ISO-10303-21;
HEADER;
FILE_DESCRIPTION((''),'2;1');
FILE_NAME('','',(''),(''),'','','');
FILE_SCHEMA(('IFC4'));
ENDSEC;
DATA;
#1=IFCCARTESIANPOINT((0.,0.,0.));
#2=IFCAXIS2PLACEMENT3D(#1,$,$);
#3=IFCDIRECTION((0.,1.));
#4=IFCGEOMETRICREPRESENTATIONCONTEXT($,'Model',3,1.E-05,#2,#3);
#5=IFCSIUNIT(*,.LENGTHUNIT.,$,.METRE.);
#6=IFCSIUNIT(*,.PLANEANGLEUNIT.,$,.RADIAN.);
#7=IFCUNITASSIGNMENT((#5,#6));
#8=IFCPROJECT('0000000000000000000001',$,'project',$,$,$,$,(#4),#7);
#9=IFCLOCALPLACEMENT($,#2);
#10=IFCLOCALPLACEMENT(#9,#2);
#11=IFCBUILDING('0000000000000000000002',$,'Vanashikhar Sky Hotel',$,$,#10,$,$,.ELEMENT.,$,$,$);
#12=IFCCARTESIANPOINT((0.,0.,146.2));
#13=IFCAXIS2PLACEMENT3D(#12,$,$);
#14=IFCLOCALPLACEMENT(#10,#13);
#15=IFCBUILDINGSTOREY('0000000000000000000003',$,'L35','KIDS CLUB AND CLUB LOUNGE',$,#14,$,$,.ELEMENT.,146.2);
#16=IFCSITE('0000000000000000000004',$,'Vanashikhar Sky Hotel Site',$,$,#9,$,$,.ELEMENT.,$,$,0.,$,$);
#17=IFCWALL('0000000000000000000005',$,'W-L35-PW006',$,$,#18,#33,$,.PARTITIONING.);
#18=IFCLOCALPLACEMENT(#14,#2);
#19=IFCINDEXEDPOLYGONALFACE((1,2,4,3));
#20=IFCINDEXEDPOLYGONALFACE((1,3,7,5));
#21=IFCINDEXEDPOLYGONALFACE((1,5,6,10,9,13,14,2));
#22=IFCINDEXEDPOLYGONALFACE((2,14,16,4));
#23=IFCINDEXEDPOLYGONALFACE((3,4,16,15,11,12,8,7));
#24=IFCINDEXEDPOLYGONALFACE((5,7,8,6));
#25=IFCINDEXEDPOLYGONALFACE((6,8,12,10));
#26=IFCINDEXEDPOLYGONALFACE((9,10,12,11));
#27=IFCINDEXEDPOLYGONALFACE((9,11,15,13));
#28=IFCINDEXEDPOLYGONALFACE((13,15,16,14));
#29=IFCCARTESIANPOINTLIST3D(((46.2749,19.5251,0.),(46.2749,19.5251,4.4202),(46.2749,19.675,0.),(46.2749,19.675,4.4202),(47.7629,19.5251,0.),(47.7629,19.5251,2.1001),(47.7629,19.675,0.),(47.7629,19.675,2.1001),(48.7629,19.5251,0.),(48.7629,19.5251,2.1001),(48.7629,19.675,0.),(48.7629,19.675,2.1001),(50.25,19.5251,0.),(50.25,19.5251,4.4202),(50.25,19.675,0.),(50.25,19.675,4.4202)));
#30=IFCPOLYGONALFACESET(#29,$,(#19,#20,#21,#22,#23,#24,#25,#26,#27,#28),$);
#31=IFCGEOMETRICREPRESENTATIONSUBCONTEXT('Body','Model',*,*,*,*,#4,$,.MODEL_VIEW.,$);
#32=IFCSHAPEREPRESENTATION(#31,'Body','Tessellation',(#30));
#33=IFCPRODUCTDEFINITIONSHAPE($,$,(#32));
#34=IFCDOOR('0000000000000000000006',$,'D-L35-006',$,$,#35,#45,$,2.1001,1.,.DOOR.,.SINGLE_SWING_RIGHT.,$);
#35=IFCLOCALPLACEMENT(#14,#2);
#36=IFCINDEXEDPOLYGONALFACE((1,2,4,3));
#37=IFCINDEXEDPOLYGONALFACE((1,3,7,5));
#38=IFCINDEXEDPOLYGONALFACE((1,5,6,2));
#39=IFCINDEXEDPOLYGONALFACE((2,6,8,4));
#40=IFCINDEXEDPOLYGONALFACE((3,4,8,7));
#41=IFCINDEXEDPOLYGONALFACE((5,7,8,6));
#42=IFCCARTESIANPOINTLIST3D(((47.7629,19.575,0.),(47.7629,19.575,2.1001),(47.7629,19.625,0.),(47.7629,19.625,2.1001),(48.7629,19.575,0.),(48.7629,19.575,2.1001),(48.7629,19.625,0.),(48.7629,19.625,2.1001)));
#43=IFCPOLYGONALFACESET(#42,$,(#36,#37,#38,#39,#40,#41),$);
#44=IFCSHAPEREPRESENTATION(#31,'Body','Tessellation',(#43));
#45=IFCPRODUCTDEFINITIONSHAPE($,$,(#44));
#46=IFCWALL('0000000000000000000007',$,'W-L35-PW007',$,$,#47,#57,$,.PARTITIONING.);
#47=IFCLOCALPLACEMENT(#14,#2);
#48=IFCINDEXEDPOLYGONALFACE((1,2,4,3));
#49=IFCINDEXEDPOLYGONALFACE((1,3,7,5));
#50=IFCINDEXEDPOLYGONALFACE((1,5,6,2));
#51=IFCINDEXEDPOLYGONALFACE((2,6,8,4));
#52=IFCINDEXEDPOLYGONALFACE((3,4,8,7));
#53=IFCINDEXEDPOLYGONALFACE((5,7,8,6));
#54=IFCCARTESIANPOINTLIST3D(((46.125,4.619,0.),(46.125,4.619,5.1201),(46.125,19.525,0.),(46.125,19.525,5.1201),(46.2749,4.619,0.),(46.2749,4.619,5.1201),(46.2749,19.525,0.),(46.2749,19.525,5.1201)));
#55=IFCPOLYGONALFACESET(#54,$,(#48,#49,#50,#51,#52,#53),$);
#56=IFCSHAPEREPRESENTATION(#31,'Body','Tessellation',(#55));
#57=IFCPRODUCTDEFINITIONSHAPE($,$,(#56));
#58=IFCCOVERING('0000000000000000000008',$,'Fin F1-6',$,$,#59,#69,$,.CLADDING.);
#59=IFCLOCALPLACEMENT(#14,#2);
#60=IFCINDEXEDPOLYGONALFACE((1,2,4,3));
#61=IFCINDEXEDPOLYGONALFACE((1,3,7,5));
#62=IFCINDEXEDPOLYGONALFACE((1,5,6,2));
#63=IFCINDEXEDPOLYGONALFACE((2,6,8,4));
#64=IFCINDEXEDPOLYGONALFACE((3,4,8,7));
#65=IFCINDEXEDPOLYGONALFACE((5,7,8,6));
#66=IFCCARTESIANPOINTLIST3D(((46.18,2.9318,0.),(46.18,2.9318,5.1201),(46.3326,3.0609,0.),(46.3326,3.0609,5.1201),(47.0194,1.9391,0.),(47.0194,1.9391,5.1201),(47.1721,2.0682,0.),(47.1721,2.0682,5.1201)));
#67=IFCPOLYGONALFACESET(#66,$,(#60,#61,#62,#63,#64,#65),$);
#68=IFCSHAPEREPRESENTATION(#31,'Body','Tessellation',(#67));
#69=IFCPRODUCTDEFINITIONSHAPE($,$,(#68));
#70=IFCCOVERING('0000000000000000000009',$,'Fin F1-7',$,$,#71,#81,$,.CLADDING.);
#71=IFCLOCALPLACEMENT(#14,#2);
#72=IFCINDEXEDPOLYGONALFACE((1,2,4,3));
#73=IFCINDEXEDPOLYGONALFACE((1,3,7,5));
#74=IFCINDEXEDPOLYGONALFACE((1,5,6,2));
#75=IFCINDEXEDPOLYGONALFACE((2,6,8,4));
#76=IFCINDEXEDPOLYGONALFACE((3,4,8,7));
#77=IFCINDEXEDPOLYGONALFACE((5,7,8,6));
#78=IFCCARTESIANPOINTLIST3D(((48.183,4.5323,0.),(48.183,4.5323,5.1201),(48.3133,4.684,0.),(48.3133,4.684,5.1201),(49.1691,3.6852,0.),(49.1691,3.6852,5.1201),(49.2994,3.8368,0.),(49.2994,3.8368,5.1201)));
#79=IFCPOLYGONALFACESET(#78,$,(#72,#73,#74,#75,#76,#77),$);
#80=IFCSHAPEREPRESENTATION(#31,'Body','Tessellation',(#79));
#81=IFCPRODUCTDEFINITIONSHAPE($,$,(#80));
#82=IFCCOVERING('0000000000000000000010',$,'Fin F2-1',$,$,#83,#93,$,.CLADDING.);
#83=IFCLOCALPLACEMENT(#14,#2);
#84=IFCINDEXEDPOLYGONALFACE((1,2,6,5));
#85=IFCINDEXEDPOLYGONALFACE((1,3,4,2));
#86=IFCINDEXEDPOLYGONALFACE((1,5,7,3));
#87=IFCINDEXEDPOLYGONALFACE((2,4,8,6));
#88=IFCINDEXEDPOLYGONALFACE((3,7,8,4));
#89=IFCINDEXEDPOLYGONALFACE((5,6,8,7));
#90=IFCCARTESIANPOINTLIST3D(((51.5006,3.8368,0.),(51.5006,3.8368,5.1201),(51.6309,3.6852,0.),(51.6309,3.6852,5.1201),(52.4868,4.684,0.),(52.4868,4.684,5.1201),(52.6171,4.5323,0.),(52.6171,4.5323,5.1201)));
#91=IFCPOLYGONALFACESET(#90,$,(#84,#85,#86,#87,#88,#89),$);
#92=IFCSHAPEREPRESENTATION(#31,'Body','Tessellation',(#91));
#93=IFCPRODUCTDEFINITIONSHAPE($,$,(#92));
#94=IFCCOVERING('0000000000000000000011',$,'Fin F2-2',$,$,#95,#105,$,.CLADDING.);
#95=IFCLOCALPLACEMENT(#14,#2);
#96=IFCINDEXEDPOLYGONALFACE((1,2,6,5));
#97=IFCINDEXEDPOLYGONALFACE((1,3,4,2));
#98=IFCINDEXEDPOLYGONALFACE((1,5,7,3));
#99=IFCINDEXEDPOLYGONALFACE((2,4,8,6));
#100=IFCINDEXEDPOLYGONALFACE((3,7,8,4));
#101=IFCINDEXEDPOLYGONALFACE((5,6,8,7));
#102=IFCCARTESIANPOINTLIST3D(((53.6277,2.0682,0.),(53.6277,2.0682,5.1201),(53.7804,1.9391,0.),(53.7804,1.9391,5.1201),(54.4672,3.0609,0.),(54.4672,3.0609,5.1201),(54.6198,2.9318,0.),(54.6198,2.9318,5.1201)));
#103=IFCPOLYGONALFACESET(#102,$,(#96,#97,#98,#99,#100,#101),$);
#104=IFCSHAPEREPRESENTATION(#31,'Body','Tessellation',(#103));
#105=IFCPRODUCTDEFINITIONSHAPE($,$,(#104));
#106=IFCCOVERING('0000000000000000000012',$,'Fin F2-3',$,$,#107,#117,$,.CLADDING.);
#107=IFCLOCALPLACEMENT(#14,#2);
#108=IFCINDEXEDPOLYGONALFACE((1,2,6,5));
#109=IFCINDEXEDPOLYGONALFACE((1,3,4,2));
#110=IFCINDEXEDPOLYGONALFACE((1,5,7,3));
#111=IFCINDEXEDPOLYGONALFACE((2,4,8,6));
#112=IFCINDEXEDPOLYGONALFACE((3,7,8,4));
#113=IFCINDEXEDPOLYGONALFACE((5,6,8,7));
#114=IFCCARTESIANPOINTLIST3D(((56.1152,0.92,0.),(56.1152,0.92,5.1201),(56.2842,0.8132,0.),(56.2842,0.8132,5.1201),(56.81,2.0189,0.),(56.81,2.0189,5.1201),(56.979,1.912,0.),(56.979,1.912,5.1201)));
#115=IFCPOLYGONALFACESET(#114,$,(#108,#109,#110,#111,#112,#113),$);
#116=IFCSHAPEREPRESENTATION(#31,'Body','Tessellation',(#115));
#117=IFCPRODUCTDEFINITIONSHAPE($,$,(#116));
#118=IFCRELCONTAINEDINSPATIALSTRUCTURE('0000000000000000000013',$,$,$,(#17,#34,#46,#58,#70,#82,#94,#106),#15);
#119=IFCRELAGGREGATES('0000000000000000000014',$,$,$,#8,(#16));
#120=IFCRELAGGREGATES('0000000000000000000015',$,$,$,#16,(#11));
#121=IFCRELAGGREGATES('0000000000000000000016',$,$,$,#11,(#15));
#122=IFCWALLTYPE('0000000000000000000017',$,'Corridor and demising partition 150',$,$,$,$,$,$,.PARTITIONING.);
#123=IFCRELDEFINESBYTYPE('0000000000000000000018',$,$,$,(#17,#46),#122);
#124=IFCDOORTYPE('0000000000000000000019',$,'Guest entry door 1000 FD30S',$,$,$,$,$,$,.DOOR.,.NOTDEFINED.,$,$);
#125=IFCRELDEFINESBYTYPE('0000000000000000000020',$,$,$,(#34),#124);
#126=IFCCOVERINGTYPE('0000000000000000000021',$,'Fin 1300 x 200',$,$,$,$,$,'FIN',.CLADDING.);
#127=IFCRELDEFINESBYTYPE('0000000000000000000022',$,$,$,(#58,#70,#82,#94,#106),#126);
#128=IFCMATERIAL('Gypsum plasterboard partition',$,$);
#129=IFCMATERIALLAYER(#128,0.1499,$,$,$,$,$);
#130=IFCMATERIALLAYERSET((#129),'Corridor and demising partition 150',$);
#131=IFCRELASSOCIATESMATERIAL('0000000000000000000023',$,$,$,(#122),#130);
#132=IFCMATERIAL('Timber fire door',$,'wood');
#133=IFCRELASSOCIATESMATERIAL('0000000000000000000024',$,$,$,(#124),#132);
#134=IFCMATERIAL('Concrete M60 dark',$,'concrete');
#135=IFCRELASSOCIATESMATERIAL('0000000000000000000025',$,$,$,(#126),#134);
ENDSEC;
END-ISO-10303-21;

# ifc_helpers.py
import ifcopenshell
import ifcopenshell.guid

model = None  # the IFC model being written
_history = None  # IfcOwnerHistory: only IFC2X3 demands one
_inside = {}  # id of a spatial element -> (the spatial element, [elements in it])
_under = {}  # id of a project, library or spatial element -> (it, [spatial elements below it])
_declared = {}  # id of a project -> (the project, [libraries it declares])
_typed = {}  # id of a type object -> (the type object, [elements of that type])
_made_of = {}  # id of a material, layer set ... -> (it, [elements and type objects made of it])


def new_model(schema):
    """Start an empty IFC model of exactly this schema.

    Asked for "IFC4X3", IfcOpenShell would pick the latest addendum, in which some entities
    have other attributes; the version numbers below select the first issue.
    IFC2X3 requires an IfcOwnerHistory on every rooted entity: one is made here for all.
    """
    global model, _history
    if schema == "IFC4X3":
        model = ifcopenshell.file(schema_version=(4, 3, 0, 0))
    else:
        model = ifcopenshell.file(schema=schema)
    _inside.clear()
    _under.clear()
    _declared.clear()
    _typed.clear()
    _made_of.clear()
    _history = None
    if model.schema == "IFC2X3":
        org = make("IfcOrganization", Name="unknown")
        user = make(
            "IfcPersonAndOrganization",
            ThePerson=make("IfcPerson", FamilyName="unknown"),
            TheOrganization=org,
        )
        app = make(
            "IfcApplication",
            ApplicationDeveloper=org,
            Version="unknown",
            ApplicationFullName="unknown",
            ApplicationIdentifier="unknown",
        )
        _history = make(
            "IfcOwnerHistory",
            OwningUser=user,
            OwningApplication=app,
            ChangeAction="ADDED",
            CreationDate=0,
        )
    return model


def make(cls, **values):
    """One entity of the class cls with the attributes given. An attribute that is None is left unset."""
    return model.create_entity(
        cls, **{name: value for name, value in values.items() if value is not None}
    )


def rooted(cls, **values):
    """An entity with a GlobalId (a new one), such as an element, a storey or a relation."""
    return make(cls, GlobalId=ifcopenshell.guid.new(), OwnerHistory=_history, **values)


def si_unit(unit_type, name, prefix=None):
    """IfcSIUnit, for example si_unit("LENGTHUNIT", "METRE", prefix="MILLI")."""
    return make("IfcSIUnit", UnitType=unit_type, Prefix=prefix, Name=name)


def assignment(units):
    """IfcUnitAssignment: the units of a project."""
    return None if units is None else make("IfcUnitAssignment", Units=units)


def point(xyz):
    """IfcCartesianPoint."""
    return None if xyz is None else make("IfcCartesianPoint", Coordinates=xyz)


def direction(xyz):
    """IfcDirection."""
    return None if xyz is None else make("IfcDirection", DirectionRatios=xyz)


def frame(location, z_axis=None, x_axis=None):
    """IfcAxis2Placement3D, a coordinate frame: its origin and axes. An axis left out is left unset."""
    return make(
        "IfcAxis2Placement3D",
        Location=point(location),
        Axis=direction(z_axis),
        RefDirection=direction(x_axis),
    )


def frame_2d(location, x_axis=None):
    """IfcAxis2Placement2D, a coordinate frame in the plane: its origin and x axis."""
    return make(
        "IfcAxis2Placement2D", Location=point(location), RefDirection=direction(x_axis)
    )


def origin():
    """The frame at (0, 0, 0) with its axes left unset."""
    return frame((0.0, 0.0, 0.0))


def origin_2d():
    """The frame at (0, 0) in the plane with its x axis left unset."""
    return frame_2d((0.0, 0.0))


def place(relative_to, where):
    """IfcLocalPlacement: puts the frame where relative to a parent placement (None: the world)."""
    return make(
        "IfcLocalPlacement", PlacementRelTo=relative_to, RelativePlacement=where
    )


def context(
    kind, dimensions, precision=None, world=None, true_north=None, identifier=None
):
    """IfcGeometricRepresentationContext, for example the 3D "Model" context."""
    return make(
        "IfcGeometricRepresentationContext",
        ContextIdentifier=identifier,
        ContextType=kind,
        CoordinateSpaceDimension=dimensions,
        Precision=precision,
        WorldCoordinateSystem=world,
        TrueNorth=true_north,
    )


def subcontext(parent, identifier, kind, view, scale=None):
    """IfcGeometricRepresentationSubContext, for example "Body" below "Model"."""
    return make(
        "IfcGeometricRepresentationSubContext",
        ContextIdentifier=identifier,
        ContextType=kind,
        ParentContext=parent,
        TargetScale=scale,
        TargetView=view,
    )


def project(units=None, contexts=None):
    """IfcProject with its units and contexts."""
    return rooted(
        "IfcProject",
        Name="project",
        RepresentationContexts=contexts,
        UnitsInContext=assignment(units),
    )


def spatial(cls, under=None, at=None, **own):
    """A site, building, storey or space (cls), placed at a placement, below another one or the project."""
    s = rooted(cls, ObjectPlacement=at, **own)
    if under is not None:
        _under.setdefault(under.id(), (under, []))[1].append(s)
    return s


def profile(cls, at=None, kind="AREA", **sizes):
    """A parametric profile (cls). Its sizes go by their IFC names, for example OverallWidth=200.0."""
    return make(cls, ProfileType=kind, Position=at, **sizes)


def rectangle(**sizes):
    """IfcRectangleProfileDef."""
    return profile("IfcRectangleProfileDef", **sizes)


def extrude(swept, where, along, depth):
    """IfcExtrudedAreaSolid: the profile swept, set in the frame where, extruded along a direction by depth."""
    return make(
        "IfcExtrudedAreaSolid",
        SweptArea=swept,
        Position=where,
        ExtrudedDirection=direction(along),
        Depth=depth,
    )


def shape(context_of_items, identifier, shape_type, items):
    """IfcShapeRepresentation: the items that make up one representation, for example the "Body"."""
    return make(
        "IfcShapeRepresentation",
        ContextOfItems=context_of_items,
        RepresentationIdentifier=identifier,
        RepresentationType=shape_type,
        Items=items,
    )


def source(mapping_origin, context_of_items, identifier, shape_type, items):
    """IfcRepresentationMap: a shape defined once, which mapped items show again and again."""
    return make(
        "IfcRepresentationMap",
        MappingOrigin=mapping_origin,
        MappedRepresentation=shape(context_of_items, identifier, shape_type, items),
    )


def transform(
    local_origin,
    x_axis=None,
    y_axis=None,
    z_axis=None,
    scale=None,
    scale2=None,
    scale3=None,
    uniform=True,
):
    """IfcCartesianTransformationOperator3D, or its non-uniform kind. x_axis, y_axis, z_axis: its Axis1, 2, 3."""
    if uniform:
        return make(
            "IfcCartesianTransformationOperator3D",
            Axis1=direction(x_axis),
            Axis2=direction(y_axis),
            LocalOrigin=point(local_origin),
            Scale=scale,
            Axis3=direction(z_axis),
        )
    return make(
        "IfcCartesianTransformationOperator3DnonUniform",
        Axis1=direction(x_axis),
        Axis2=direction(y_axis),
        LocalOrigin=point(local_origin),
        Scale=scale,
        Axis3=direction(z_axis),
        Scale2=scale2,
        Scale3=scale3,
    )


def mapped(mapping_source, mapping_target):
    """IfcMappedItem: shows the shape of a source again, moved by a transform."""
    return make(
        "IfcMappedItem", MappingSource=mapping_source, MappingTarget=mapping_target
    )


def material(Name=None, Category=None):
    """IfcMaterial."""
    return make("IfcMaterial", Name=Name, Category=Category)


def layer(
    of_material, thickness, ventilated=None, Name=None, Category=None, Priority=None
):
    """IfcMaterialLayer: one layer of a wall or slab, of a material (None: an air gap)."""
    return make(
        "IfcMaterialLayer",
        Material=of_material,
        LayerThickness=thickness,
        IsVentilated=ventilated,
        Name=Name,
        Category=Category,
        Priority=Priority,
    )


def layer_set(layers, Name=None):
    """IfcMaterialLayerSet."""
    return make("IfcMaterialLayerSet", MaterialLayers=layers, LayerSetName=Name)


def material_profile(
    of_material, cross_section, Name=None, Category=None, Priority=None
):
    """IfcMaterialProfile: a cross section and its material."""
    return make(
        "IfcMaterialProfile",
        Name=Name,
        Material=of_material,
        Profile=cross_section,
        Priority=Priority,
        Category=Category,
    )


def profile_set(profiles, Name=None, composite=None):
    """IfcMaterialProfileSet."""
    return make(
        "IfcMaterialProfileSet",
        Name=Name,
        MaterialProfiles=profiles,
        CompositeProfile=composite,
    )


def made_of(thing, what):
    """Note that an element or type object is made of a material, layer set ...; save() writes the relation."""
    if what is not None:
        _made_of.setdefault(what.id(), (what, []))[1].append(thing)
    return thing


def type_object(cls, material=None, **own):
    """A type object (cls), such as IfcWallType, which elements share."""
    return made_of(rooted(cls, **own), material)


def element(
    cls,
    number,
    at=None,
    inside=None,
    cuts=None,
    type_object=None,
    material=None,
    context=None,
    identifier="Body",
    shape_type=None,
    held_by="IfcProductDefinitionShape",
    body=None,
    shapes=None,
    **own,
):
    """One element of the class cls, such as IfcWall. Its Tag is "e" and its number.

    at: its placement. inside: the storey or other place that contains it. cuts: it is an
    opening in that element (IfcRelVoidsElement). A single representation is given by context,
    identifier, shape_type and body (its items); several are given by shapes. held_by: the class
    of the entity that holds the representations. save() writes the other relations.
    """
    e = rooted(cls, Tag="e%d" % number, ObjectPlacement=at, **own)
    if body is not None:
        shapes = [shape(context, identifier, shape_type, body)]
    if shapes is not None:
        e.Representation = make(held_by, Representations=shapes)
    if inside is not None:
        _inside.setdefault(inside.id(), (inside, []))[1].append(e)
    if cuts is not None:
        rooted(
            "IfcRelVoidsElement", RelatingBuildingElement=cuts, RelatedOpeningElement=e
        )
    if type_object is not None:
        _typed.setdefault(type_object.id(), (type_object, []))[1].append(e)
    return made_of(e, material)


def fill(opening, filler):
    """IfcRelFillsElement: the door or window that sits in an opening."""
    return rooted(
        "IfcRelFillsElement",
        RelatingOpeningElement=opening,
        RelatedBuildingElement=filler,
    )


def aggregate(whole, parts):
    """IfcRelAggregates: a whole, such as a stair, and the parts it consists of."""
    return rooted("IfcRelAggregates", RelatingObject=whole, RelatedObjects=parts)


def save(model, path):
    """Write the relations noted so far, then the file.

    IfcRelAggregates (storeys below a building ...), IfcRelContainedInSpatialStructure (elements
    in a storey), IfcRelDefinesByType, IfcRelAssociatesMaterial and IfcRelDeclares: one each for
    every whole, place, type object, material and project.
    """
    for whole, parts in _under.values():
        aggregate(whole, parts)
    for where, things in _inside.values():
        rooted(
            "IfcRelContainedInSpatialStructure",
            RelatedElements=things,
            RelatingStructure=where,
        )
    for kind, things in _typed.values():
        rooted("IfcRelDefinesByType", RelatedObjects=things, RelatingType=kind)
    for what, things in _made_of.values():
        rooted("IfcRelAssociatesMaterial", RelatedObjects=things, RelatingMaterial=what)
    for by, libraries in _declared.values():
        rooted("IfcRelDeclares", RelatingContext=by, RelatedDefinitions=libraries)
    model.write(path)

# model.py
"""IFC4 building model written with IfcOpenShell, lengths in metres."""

from ifc_helpers import new_model, si_unit, direction, frame, frame_2d, origin, origin_2d, place, context, subcontext, project, spatial, rectangle, extrude, source, transform, mapped, material, layer, layer_set, material_profile, profile_set, type_object, element, fill, save


model = new_model("IFC4")

# Units and contexts
model_context = context("Model", 3, precision=1e-05, world=origin(), true_north=direction((0.0, 1.0)))
body_context = subcontext(model_context, "Body", "Model", "MODEL_VIEW")
ifc_project = project(units=[si_unit("LENGTHUNIT", "METRE"), si_unit("PLANEANGLEUNIT", "RADIAN")], contexts=[model_context])

# Site, building, storey
site_placement = place(None, origin())
site = spatial("IfcSite", under=ifc_project, at=site_placement, Name="Vanashikhar Sky Hotel Site", CompositionType="ELEMENT", RefElevation=0.0)
building_placement = place(site_placement, origin())
building = spatial("IfcBuilding", under=site, at=building_placement, Name="Vanashikhar Sky Hotel", CompositionType="ELEMENT")
storey_placement = place(building_placement, frame((0.0, 0.0, 146.2)))
storey = spatial("IfcBuildingStorey", under=building, at=storey_placement, Name="L35", Description="KIDS CLUB AND CLUB LOUNGE", CompositionType="ELEMENT", Elevation=146.2)

# Shared definitions
ifc_material_1 = material(Name="Gypsum plasterboard partition")
ifc_layer_1 = layer(ifc_material_1, 0.1499)
ifc_layer_set_1 = layer_set([ifc_layer_1], Name="Corridor and demising partition 150")
wall_type_1 = type_object("IfcWallType", Name="Corridor and demising partition 150", PredefinedType="PARTITIONING", material=ifc_layer_set_1)

# Wall, opening, door
ifc_material_2 = material(Name="Timber fire door", Category="wood")
shared_shape_1 = source(origin(), body_context, "Body", "SweptSolid", [
    extrude(rectangle(XDim=3.9751, YDim=0.1499, at=frame_2d((1.9875, 0.0))), origin(), (0.0, 0.0, 1.0), 4.4202),
])
wall_1_placement = place(storey_placement, frame((46.2749, 19.6001, 0.0), z_axis=(0.0, 0.0, 1.0), x_axis=(1.0, 0.0, 0.0)))
wall_1 = element("IfcWall", 1, at=wall_1_placement, inside=storey, type_object=wall_type_1, Name="W-L35-PW006", PredefinedType="PARTITIONING", context=body_context, shape_type="MappedRepresentation", body=[
    mapped(shared_shape_1, transform((0.0, 0.0, 0.0), scale=1.0)),
])
shared_shape_2 = source(origin(), body_context, "Body", "SweptSolid", [
    extrude(rectangle(XDim=1.0, YDim=2.1001, at=frame_2d((0.5, 1.05))), frame((0.0, 0.085, 0.0), z_axis=(0.0, -1.0, 0.0), x_axis=(1.0, 0.0, 0.0)), (0.0, 0.0, 1.0), 0.1699),
])
opening_1_placement = place(wall_1_placement, frame((1.488, 0.0, 0.0)))
opening_1 = element("IfcOpeningElement", 2, at=opening_1_placement, cuts=wall_1, PredefinedType="OPENING", context=body_context, shape_type="MappedRepresentation", body=[
    mapped(shared_shape_2, transform((0.0, 0.0, 0.0), scale=1.0)),
])
door_type_1 = type_object("IfcDoorType", Name="Guest entry door 1000 FD30S", OperationType="NOTDEFINED", PredefinedType="DOOR", material=ifc_material_2)
shared_shape_3 = source(origin(), body_context, "Body", "SweptSolid", [
    extrude(rectangle(XDim=1.0, YDim=2.1001, at=frame_2d((0.5, 1.05))), frame((0.0, 0.0249, 0.0), z_axis=(0.0, -1.0, 0.0), x_axis=(1.0, 0.0, 0.0)), (0.0, 0.0, 1.0), 0.05),
])
door_1_placement = place(opening_1_placement, origin())
door_1 = element("IfcDoor", 3, at=door_1_placement, inside=storey, type_object=door_type_1, Name="D-L35-006", OperationType="SINGLE_SWING_RIGHT", OverallHeight=2.1001, OverallWidth=1.0, PredefinedType="DOOR", context=body_context, shape_type="MappedRepresentation", body=[
    mapped(shared_shape_3, transform((0.0, 0.0, 0.0), scale=1.0)),
])
fill(opening_1, door_1)

# Wall
shared_shape_4 = source(origin(), body_context, "Body", "SweptSolid", [
    extrude(rectangle(XDim=14.906, YDim=0.1499, at=frame_2d((7.4531, 0.0))), origin(), (0.0, 0.0, 1.0), 5.1201),
])
wall_2_placement = place(storey_placement, frame((46.2, 4.6189, 0.0), z_axis=(0.0, 0.0, 1.0), x_axis=(0.0, 1.0, 0.0)))
element("IfcWall", 4, at=wall_2_placement, inside=storey, type_object=wall_type_1, Name="W-L35-PW007", PredefinedType="PARTITIONING", context=body_context, shape_type="MappedRepresentation", body=[
    mapped(shared_shape_4, transform((0.0, 0.0, 0.0), scale=1.0)),
])

# Coverings
ifc_material_3 = material(Name="Concrete M60 dark", Category="concrete")
ifc_material_profile_1 = material_profile(ifc_material_3, rectangle(XDim=1.3, YDim=0.2, at=origin_2d()))
ifc_profile_set_1 = profile_set([ifc_material_profile_1], Name="Fin 1300 x 200")
covering_type = type_object("IfcCoveringType", Name="Fin 1300 x 200", ElementType="FIN", PredefinedType="CLADDING", material=ifc_profile_set_1)
shared_shape_5 = source(origin(), body_context, "Body", "SweptSolid", [
    extrude(rectangle(XDim=1.3, YDim=0.2, at=origin_2d()), origin(), (0.0, 0.0, 1.0), 5.1201),
])
for number, where, z_axis, x_axis, name in (
    (5, (46.676, 2.5, 0.0), (0.0, 0.0, 1.0), (0.645698, -0.763593, 0.0), "Fin F1-6"),
    (6, (48.7412, 4.1846, 0.0), (0.0, 0.0, 1.0), (0.758544, -0.651622, 0.0), "Fin F1-7"),
    (7, (52.0588, 4.1846, 0.0), (0.0, 0.0, 1.0), (-0.758544, -0.651622, 0.0), "Fin F2-1"),
    (8, (54.1238, 2.5, 0.0), (0.0, 0.0, 1.0), (-0.645698, -0.763593, 0.0), "Fin F2-2"),
    (9, (56.5471, 1.416, 0.0), (0.0, 0.0, 1.0), (-0.534411, -0.845225, 0.0), "Fin F2-3"),
):
    element("IfcCovering", number, at=place(storey_placement, frame(where, z_axis=z_axis, x_axis=x_axis)), inside=storey, type_object=covering_type, Name=name, PredefinedType="CLADDING", context=body_context, shape_type="MappedRepresentation", body=[
        mapped(shared_shape_5, transform((0.0, 0.0, 0.0), scale=1.0)),
    ])

save(model, "model.ifc")
